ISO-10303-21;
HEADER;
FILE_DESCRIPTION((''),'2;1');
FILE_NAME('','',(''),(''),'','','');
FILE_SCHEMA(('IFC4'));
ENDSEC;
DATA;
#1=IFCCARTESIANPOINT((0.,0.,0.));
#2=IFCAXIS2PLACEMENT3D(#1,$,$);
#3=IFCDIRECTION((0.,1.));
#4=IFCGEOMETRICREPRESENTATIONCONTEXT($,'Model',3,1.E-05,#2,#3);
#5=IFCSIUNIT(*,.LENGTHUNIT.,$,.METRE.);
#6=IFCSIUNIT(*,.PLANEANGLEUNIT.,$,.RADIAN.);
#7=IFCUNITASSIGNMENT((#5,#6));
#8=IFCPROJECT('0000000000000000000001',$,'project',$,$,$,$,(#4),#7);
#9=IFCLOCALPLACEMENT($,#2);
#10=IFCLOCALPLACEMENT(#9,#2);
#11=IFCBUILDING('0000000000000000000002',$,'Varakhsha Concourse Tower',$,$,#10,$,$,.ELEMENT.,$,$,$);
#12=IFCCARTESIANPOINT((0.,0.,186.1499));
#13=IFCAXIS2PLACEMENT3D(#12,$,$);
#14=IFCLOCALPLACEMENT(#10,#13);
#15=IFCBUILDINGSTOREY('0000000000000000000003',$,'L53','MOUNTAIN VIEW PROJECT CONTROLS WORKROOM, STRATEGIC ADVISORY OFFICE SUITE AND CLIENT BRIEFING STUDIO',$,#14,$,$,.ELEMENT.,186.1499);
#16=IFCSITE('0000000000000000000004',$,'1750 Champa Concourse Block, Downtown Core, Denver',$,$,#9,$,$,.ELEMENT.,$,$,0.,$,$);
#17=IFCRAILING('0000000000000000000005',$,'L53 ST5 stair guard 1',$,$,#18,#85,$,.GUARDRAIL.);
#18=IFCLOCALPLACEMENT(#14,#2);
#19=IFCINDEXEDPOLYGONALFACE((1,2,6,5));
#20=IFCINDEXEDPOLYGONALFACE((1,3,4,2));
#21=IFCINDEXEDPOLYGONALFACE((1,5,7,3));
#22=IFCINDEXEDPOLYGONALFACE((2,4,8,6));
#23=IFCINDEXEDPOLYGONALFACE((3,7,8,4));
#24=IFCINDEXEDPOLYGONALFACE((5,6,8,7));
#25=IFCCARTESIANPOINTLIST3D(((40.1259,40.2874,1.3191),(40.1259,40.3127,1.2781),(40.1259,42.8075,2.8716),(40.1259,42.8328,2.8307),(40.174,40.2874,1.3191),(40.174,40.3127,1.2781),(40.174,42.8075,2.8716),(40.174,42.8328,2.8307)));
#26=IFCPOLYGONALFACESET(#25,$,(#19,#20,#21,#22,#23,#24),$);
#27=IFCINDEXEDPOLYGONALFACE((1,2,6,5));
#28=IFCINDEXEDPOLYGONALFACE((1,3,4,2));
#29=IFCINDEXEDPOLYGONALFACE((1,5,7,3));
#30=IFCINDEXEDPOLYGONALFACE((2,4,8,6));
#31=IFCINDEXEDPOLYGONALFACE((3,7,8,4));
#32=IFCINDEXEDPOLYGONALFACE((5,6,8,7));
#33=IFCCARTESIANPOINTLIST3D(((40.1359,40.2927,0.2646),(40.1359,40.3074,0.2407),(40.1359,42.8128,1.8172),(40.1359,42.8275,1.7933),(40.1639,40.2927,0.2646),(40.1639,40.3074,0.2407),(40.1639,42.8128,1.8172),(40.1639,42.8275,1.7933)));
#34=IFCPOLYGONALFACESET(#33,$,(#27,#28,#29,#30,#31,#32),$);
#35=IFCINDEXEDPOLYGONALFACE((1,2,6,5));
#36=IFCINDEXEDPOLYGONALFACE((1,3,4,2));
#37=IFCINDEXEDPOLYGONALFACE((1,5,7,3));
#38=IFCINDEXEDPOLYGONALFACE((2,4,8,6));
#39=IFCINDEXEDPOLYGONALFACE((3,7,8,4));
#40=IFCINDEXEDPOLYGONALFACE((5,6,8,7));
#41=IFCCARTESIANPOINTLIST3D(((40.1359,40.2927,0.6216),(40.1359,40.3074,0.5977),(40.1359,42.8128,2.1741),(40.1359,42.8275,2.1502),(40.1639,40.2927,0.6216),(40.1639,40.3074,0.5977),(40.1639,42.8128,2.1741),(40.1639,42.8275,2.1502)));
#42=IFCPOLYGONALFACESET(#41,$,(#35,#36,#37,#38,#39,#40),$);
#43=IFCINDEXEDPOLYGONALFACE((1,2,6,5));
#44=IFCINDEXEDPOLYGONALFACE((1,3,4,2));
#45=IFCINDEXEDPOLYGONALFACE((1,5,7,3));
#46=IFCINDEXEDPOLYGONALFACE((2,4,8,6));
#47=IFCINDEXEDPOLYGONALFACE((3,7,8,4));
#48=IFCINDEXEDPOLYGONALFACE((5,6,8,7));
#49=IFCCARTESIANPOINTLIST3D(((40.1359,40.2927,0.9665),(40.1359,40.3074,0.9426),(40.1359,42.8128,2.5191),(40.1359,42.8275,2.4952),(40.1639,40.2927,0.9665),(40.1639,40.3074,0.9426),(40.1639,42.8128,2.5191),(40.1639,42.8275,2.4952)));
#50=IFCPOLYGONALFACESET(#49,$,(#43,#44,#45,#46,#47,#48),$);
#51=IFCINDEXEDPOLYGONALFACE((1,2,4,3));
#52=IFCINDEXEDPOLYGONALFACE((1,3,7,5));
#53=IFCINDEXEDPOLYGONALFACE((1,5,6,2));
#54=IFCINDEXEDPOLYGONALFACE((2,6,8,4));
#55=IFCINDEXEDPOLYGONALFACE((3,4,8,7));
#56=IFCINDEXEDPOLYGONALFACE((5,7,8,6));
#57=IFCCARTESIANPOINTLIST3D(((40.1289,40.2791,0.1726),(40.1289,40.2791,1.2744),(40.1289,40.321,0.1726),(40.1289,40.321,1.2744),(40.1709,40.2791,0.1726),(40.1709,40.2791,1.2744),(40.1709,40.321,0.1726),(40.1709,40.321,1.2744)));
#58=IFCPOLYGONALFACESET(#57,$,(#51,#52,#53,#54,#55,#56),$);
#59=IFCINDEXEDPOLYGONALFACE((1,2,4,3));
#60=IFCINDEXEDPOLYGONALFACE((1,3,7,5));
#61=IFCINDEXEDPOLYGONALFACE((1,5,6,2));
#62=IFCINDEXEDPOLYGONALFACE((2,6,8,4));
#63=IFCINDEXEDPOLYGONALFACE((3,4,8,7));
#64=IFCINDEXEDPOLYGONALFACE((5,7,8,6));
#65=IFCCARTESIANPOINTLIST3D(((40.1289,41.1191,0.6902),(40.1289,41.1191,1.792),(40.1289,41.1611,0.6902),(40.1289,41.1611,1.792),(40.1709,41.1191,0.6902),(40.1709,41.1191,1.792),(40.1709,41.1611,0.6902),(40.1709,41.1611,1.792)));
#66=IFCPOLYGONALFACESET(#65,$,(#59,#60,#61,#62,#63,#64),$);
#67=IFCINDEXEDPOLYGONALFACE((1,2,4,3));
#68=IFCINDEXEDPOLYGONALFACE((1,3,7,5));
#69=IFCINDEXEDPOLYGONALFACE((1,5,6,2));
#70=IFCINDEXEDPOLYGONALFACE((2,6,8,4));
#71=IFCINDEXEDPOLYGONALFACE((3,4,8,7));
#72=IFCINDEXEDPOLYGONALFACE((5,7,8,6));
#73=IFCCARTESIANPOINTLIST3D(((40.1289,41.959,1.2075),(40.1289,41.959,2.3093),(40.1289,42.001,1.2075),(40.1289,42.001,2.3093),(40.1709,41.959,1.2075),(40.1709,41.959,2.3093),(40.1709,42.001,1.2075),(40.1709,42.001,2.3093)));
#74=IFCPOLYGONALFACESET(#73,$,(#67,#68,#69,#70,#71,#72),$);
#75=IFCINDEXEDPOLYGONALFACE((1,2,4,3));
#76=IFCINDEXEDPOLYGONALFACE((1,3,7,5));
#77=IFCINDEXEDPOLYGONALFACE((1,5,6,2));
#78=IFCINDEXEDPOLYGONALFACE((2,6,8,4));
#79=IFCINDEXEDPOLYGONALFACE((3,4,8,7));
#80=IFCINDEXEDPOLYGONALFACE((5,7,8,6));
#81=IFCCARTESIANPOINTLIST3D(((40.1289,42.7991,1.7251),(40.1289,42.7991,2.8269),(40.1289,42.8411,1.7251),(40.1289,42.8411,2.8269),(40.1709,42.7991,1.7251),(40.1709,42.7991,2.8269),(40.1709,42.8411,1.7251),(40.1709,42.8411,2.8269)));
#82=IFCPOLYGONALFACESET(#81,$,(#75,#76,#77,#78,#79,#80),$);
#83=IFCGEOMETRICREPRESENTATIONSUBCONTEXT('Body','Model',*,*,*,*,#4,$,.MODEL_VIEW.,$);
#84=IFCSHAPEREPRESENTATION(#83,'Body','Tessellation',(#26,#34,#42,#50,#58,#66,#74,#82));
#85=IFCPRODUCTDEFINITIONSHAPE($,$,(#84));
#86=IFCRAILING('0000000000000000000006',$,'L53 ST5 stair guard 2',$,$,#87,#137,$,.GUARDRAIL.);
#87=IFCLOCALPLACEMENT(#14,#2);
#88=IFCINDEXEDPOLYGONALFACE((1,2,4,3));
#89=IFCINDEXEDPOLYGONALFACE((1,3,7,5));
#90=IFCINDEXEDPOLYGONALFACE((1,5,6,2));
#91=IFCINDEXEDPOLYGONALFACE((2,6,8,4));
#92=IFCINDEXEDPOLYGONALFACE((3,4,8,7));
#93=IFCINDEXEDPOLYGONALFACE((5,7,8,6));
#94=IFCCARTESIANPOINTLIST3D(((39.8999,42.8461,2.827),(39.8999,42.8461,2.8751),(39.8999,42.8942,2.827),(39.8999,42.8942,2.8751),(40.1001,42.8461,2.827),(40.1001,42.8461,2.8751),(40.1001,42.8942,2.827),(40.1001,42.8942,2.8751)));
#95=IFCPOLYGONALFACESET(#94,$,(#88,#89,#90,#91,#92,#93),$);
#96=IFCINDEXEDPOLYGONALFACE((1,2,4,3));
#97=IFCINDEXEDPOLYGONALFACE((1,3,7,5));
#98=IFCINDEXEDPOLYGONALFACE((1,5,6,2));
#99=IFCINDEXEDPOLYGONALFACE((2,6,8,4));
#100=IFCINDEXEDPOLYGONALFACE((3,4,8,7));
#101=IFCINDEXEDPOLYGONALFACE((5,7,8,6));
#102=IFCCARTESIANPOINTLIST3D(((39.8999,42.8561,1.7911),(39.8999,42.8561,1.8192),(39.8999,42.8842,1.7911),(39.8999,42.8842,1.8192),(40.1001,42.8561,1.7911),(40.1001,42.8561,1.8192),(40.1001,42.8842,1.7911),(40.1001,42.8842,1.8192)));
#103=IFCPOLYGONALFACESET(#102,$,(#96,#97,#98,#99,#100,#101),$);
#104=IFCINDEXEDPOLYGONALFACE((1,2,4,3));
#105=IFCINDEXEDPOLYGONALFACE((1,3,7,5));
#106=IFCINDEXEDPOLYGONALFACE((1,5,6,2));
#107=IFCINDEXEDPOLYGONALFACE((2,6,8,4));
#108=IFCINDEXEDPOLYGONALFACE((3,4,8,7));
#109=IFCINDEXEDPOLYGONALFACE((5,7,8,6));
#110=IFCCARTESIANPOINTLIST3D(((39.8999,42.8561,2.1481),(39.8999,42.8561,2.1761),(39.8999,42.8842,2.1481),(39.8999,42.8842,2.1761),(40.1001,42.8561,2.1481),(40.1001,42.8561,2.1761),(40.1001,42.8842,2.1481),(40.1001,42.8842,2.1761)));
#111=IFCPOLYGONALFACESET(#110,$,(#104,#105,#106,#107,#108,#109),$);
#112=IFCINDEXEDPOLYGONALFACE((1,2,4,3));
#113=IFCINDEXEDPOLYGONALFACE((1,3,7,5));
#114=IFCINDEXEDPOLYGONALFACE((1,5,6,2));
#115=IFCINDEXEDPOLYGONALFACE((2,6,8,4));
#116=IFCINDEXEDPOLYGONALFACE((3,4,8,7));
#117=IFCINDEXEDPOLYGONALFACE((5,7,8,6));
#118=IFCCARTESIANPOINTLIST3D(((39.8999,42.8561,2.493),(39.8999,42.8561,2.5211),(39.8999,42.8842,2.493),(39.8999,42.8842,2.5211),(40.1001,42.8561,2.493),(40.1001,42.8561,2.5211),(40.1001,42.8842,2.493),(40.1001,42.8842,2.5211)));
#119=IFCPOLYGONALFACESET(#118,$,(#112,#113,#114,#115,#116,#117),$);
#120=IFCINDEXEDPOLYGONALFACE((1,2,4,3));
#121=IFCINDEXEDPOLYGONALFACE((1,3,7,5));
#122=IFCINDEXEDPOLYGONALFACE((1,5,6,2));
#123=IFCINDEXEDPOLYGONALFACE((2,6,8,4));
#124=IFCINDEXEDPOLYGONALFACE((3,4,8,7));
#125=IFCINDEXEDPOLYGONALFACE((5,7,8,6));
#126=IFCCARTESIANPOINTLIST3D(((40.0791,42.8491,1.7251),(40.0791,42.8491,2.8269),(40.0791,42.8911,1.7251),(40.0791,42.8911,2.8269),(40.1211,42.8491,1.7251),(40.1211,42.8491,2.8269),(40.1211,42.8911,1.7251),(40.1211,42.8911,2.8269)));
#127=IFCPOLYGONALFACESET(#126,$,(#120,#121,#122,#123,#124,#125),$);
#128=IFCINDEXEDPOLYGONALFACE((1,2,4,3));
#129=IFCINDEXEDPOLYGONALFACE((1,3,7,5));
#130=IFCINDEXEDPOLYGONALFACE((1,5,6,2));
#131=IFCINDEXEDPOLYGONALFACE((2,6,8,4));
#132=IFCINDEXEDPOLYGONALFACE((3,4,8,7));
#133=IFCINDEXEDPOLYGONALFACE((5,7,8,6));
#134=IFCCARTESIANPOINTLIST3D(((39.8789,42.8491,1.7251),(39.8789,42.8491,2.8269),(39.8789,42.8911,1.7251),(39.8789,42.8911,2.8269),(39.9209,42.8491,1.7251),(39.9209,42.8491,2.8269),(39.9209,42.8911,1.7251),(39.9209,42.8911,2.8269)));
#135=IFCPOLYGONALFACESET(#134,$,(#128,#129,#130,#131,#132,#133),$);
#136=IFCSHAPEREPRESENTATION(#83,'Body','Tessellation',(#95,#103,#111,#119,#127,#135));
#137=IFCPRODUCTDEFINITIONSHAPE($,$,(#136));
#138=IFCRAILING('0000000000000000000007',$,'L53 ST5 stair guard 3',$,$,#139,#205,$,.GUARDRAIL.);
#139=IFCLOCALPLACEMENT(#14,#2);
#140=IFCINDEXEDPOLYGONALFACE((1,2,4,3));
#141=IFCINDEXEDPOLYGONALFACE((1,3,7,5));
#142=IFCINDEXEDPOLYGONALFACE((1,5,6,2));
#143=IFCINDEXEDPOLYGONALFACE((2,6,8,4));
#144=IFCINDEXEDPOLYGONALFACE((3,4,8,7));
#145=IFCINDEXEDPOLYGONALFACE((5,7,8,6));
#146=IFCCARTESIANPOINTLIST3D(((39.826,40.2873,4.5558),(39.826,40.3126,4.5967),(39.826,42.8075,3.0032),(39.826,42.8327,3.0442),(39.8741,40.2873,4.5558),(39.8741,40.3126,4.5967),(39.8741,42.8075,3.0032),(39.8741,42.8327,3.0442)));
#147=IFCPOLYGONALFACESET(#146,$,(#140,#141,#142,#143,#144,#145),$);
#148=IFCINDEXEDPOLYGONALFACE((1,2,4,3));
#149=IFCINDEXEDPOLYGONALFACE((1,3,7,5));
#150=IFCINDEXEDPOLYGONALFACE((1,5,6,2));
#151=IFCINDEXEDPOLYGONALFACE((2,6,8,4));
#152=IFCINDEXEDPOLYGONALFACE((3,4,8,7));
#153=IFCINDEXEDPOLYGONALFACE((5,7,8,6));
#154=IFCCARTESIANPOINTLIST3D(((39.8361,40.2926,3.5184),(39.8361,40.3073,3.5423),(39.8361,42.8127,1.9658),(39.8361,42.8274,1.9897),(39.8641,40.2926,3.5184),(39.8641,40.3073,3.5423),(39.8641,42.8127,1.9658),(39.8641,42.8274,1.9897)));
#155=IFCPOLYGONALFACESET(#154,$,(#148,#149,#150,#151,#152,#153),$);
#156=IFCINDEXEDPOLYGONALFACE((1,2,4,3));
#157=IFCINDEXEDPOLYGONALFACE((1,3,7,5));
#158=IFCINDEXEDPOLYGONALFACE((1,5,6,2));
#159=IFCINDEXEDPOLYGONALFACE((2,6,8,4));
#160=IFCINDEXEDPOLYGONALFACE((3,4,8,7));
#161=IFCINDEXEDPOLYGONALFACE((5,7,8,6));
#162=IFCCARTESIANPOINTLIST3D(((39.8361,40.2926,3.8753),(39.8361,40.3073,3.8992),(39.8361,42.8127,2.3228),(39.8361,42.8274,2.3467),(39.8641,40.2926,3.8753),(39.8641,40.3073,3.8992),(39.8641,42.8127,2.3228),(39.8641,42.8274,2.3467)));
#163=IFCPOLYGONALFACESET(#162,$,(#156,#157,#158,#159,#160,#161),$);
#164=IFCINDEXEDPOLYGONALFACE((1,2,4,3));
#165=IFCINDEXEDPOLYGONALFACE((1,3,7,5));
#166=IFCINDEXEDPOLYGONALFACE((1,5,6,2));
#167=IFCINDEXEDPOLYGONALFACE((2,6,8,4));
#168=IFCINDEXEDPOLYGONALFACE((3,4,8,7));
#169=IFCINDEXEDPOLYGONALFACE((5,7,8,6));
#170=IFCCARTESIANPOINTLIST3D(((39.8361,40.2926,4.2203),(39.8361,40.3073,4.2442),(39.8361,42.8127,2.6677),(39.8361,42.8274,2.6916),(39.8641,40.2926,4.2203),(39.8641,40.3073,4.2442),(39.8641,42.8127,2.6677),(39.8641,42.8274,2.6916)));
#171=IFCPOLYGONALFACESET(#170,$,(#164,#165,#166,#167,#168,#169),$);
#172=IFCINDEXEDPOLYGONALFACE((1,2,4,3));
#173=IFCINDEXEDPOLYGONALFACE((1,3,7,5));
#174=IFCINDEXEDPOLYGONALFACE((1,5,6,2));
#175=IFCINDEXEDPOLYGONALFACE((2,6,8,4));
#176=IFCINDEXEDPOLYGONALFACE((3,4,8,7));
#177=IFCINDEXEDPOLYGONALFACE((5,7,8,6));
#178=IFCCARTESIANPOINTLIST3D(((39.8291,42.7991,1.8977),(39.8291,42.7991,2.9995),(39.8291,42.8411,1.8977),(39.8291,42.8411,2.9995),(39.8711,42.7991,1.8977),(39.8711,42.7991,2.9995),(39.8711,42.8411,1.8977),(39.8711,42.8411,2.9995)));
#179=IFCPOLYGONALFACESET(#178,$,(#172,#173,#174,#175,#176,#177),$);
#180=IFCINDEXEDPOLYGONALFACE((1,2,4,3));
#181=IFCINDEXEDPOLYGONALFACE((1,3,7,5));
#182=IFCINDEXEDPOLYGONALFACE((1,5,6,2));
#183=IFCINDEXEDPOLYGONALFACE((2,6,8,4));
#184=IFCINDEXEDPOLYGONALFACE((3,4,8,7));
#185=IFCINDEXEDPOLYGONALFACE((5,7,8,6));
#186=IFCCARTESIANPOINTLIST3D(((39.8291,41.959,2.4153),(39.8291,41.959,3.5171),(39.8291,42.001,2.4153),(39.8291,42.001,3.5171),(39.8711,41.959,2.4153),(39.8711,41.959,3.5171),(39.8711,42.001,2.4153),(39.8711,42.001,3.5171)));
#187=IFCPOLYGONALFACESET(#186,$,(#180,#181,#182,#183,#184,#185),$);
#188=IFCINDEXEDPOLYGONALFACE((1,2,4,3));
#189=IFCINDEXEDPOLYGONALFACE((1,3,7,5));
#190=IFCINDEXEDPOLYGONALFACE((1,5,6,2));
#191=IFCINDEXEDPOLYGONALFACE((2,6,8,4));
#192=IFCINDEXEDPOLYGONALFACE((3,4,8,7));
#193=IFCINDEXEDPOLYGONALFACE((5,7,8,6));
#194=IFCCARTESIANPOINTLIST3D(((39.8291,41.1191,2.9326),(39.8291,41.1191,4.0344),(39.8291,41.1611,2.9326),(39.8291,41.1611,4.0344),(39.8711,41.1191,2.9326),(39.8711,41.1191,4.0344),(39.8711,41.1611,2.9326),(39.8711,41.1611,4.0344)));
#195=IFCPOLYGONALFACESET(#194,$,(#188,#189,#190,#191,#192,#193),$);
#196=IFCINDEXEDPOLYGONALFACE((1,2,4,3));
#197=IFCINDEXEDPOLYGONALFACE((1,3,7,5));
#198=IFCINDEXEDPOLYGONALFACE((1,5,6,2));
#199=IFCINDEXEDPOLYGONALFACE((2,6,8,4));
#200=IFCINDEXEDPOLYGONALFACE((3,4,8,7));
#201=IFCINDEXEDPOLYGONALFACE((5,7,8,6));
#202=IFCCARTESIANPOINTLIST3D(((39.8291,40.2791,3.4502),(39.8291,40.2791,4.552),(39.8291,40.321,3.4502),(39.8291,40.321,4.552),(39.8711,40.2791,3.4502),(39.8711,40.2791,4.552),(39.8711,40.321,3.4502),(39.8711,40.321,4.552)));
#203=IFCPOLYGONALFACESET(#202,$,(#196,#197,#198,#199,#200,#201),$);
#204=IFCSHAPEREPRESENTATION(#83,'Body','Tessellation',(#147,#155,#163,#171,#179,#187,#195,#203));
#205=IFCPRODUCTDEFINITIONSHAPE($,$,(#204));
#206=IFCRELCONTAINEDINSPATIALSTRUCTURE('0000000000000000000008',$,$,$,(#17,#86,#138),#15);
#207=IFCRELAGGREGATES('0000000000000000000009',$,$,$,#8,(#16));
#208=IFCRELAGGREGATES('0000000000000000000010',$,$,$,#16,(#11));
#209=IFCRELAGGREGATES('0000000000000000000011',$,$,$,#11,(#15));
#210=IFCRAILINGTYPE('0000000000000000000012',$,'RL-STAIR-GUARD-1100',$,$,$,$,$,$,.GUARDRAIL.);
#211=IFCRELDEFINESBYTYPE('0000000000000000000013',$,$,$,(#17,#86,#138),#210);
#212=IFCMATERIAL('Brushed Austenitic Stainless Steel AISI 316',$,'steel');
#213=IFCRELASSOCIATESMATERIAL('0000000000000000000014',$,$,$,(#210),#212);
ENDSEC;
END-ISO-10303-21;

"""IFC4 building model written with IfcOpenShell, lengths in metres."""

from ifc_helpers import new_model, si_unit, direction, frame, origin, origin_2d, place, context, subcontext, project, spatial, rectangle, extrude, material, type_object, element, save


model = new_model("IFC4")

# Units and contexts
model_context = context("Model", 3, precision=1e-05, world=origin(), true_north=direction((0.0, 1.0)))
body_context = subcontext(model_context, "Body", "Model", "MODEL_VIEW")
ifc_project = project(units=[si_unit("LENGTHUNIT", "METRE"), si_unit("PLANEANGLEUNIT", "RADIAN")], contexts=[model_context])

# Site, building, storey
site_placement = place(None, origin())
site = spatial("IfcSite", under=ifc_project, at=site_placement, Name="1750 Champa Concourse Block, Downtown Core, Denver", CompositionType="ELEMENT", RefElevation=0.0)
building_placement = place(site_placement, origin())
building = spatial("IfcBuilding", under=site, at=building_placement, Name="Varakhsha Concourse Tower", CompositionType="ELEMENT")
storey_placement = place(building_placement, frame((0.0, 0.0, 186.1499)))
storey = spatial("IfcBuildingStorey", under=building, at=storey_placement, Name="L53", Description="MOUNTAIN VIEW PROJECT CONTROLS WORKROOM, STRATEGIC ADVISORY OFFICE SUITE AND CLIENT BRIEFING STUDIO", CompositionType="ELEMENT", Elevation=186.1499)

# Railings
ifc_material_1 = material(Name="Brushed Austenitic Stainless Steel AISI 316", Category="steel")
railing_type_1 = type_object("IfcRailingType", Name="RL-STAIR-GUARD-1100", PredefinedType="GUARDRAIL", material=ifc_material_1)
railing_1_placement = place(storey_placement, frame((40.1499, 40.3, 0.1726)))
element("IfcRailing", 1, at=railing_1_placement, inside=storey, type_object=railing_type_1, Name="L53 ST5 stair guard 1", PredefinedType="GUARDRAIL", context=body_context, shape_type="SweptSolid", body=[
    extrude(rectangle(XDim=0.0481, YDim=0.0481, at=origin_2d()), frame((0.0, 0.0, 1.126), z_axis=(0.0, 0.8514, 0.524516), x_axis=(-1.0, 0.0, 0.0)), (0.0, 0.0, 1.0), 2.96),
    extrude(rectangle(XDim=0.0281, YDim=0.0281, at=origin_2d()), frame((0.0, 0.0, 0.0801), z_axis=(0.0, 0.8514, 0.524516), x_axis=(-1.0, 0.0, 0.0)), (0.0, 0.0, 1.0), 2.96),
    extrude(rectangle(XDim=0.0281, YDim=0.0281, at=origin_2d()), frame((0.0, 0.0, 0.437), z_axis=(0.0, 0.8514, 0.524516), x_axis=(-1.0, 0.0, 0.0)), (0.0, 0.0, 1.0), 2.96),
    extrude(rectangle(XDim=0.0281, YDim=0.0281, at=origin_2d()), frame((0.0, 0.0, 0.782), z_axis=(0.0, 0.8514, 0.524516), x_axis=(-1.0, 0.0, 0.0)), (0.0, 0.0, 1.0), 2.96),
    extrude(rectangle(XDim=0.042, YDim=0.042, at=origin_2d()), origin(), (0.0, 0.0, 1.0), 1.1018),
    extrude(rectangle(XDim=0.042, YDim=0.042, at=origin_2d()), frame((0.0, 0.8401, 0.5176)), (0.0, 0.0, 1.0), 1.1018),
    extrude(rectangle(XDim=0.042, YDim=0.042, at=origin_2d()), frame((0.0, 1.6799, 1.0349)), (0.0, 0.0, 1.0), 1.1018),
    extrude(rectangle(XDim=0.042, YDim=0.042, at=origin_2d()), frame((0.0, 2.52, 1.5525)), (0.0, 0.0, 1.0), 1.1018),
])
railing_2_placement = place(storey_placement, frame((40.1001, 42.8701, 1.7251)))
element("IfcRailing", 2, at=railing_2_placement, inside=storey, type_object=railing_type_1, Name="L53 ST5 stair guard 2", PredefinedType="GUARDRAIL", context=body_context, shape_type="SweptSolid", body=[
    extrude(rectangle(XDim=0.0481, YDim=0.0481, at=origin_2d()), frame((0.0, 0.0, 1.126), z_axis=(-1.0, 0.0, 0.0), x_axis=(0.0, -1.0, 0.0)), (0.0, 0.0, 1.0), 0.2002),
    extrude(rectangle(XDim=0.0281, YDim=0.0281, at=origin_2d()), frame((0.0, 0.0, 0.0801), z_axis=(-1.0, 0.0, 0.0), x_axis=(0.0, -1.0, 0.0)), (0.0, 0.0, 1.0), 0.2002),
    extrude(rectangle(XDim=0.0281, YDim=0.0281, at=origin_2d()), frame((0.0, 0.0, 0.437), z_axis=(-1.0, 0.0, 0.0), x_axis=(0.0, -1.0, 0.0)), (0.0, 0.0, 1.0), 0.2002),
    extrude(rectangle(XDim=0.0281, YDim=0.0281, at=origin_2d()), frame((0.0, 0.0, 0.782), z_axis=(-1.0, 0.0, 0.0), x_axis=(0.0, -1.0, 0.0)), (0.0, 0.0, 1.0), 0.2002),
    extrude(rectangle(XDim=0.042, YDim=0.042, at=origin_2d()), origin(), (0.0, 0.0, 1.0), 1.1018),
    extrude(rectangle(XDim=0.042, YDim=0.042, at=origin_2d()), frame((-0.2002, 0.0, 0.0)), (0.0, 0.0, 1.0), 1.1018),
])
railing_3_placement = place(storey_placement, frame((39.8501, 42.8201, 1.8977)))
element("IfcRailing", 3, at=railing_3_placement, inside=storey, type_object=railing_type_1, Name="L53 ST5 stair guard 3", PredefinedType="GUARDRAIL", context=body_context, shape_type="SweptSolid", body=[
    extrude(rectangle(XDim=0.0481, YDim=0.0481, at=origin_2d()), frame((0.0, 0.0, 1.126), z_axis=(0.0, -0.8514, 0.524516), x_axis=(1.0, 0.0, 0.0)), (0.0, 0.0, 1.0), 2.96),
    extrude(rectangle(XDim=0.0281, YDim=0.0281, at=origin_2d()), frame((0.0, 0.0, 0.0801), z_axis=(0.0, -0.8514, 0.524516), x_axis=(1.0, 0.0, 0.0)), (0.0, 0.0, 1.0), 2.96),
    extrude(rectangle(XDim=0.0281, YDim=0.0281, at=origin_2d()), frame((0.0, 0.0, 0.437), z_axis=(0.0, -0.8514, 0.524516), x_axis=(1.0, 0.0, 0.0)), (0.0, 0.0, 1.0), 2.96),
    extrude(rectangle(XDim=0.0281, YDim=0.0281, at=origin_2d()), frame((0.0, 0.0, 0.782), z_axis=(0.0, -0.8514, 0.524516), x_axis=(1.0, 0.0, 0.0)), (0.0, 0.0, 1.0), 2.96),
    extrude(rectangle(XDim=0.042, YDim=0.042, at=origin_2d()), origin(), (0.0, 0.0, 1.0), 1.1018),
    extrude(rectangle(XDim=0.042, YDim=0.042, at=origin_2d()), frame((0.0, -0.8401, 0.5176)), (0.0, 0.0, 1.0), 1.1018),
    extrude(rectangle(XDim=0.042, YDim=0.042, at=origin_2d()), frame((0.0, -1.6799, 1.0349)), (0.0, 0.0, 1.0), 1.1018),
    extrude(rectangle(XDim=0.042, YDim=0.042, at=origin_2d()), frame((0.0, -2.52, 1.5525)), (0.0, 0.0, 1.0), 1.1018),
])

save(model, "model.ifc")
